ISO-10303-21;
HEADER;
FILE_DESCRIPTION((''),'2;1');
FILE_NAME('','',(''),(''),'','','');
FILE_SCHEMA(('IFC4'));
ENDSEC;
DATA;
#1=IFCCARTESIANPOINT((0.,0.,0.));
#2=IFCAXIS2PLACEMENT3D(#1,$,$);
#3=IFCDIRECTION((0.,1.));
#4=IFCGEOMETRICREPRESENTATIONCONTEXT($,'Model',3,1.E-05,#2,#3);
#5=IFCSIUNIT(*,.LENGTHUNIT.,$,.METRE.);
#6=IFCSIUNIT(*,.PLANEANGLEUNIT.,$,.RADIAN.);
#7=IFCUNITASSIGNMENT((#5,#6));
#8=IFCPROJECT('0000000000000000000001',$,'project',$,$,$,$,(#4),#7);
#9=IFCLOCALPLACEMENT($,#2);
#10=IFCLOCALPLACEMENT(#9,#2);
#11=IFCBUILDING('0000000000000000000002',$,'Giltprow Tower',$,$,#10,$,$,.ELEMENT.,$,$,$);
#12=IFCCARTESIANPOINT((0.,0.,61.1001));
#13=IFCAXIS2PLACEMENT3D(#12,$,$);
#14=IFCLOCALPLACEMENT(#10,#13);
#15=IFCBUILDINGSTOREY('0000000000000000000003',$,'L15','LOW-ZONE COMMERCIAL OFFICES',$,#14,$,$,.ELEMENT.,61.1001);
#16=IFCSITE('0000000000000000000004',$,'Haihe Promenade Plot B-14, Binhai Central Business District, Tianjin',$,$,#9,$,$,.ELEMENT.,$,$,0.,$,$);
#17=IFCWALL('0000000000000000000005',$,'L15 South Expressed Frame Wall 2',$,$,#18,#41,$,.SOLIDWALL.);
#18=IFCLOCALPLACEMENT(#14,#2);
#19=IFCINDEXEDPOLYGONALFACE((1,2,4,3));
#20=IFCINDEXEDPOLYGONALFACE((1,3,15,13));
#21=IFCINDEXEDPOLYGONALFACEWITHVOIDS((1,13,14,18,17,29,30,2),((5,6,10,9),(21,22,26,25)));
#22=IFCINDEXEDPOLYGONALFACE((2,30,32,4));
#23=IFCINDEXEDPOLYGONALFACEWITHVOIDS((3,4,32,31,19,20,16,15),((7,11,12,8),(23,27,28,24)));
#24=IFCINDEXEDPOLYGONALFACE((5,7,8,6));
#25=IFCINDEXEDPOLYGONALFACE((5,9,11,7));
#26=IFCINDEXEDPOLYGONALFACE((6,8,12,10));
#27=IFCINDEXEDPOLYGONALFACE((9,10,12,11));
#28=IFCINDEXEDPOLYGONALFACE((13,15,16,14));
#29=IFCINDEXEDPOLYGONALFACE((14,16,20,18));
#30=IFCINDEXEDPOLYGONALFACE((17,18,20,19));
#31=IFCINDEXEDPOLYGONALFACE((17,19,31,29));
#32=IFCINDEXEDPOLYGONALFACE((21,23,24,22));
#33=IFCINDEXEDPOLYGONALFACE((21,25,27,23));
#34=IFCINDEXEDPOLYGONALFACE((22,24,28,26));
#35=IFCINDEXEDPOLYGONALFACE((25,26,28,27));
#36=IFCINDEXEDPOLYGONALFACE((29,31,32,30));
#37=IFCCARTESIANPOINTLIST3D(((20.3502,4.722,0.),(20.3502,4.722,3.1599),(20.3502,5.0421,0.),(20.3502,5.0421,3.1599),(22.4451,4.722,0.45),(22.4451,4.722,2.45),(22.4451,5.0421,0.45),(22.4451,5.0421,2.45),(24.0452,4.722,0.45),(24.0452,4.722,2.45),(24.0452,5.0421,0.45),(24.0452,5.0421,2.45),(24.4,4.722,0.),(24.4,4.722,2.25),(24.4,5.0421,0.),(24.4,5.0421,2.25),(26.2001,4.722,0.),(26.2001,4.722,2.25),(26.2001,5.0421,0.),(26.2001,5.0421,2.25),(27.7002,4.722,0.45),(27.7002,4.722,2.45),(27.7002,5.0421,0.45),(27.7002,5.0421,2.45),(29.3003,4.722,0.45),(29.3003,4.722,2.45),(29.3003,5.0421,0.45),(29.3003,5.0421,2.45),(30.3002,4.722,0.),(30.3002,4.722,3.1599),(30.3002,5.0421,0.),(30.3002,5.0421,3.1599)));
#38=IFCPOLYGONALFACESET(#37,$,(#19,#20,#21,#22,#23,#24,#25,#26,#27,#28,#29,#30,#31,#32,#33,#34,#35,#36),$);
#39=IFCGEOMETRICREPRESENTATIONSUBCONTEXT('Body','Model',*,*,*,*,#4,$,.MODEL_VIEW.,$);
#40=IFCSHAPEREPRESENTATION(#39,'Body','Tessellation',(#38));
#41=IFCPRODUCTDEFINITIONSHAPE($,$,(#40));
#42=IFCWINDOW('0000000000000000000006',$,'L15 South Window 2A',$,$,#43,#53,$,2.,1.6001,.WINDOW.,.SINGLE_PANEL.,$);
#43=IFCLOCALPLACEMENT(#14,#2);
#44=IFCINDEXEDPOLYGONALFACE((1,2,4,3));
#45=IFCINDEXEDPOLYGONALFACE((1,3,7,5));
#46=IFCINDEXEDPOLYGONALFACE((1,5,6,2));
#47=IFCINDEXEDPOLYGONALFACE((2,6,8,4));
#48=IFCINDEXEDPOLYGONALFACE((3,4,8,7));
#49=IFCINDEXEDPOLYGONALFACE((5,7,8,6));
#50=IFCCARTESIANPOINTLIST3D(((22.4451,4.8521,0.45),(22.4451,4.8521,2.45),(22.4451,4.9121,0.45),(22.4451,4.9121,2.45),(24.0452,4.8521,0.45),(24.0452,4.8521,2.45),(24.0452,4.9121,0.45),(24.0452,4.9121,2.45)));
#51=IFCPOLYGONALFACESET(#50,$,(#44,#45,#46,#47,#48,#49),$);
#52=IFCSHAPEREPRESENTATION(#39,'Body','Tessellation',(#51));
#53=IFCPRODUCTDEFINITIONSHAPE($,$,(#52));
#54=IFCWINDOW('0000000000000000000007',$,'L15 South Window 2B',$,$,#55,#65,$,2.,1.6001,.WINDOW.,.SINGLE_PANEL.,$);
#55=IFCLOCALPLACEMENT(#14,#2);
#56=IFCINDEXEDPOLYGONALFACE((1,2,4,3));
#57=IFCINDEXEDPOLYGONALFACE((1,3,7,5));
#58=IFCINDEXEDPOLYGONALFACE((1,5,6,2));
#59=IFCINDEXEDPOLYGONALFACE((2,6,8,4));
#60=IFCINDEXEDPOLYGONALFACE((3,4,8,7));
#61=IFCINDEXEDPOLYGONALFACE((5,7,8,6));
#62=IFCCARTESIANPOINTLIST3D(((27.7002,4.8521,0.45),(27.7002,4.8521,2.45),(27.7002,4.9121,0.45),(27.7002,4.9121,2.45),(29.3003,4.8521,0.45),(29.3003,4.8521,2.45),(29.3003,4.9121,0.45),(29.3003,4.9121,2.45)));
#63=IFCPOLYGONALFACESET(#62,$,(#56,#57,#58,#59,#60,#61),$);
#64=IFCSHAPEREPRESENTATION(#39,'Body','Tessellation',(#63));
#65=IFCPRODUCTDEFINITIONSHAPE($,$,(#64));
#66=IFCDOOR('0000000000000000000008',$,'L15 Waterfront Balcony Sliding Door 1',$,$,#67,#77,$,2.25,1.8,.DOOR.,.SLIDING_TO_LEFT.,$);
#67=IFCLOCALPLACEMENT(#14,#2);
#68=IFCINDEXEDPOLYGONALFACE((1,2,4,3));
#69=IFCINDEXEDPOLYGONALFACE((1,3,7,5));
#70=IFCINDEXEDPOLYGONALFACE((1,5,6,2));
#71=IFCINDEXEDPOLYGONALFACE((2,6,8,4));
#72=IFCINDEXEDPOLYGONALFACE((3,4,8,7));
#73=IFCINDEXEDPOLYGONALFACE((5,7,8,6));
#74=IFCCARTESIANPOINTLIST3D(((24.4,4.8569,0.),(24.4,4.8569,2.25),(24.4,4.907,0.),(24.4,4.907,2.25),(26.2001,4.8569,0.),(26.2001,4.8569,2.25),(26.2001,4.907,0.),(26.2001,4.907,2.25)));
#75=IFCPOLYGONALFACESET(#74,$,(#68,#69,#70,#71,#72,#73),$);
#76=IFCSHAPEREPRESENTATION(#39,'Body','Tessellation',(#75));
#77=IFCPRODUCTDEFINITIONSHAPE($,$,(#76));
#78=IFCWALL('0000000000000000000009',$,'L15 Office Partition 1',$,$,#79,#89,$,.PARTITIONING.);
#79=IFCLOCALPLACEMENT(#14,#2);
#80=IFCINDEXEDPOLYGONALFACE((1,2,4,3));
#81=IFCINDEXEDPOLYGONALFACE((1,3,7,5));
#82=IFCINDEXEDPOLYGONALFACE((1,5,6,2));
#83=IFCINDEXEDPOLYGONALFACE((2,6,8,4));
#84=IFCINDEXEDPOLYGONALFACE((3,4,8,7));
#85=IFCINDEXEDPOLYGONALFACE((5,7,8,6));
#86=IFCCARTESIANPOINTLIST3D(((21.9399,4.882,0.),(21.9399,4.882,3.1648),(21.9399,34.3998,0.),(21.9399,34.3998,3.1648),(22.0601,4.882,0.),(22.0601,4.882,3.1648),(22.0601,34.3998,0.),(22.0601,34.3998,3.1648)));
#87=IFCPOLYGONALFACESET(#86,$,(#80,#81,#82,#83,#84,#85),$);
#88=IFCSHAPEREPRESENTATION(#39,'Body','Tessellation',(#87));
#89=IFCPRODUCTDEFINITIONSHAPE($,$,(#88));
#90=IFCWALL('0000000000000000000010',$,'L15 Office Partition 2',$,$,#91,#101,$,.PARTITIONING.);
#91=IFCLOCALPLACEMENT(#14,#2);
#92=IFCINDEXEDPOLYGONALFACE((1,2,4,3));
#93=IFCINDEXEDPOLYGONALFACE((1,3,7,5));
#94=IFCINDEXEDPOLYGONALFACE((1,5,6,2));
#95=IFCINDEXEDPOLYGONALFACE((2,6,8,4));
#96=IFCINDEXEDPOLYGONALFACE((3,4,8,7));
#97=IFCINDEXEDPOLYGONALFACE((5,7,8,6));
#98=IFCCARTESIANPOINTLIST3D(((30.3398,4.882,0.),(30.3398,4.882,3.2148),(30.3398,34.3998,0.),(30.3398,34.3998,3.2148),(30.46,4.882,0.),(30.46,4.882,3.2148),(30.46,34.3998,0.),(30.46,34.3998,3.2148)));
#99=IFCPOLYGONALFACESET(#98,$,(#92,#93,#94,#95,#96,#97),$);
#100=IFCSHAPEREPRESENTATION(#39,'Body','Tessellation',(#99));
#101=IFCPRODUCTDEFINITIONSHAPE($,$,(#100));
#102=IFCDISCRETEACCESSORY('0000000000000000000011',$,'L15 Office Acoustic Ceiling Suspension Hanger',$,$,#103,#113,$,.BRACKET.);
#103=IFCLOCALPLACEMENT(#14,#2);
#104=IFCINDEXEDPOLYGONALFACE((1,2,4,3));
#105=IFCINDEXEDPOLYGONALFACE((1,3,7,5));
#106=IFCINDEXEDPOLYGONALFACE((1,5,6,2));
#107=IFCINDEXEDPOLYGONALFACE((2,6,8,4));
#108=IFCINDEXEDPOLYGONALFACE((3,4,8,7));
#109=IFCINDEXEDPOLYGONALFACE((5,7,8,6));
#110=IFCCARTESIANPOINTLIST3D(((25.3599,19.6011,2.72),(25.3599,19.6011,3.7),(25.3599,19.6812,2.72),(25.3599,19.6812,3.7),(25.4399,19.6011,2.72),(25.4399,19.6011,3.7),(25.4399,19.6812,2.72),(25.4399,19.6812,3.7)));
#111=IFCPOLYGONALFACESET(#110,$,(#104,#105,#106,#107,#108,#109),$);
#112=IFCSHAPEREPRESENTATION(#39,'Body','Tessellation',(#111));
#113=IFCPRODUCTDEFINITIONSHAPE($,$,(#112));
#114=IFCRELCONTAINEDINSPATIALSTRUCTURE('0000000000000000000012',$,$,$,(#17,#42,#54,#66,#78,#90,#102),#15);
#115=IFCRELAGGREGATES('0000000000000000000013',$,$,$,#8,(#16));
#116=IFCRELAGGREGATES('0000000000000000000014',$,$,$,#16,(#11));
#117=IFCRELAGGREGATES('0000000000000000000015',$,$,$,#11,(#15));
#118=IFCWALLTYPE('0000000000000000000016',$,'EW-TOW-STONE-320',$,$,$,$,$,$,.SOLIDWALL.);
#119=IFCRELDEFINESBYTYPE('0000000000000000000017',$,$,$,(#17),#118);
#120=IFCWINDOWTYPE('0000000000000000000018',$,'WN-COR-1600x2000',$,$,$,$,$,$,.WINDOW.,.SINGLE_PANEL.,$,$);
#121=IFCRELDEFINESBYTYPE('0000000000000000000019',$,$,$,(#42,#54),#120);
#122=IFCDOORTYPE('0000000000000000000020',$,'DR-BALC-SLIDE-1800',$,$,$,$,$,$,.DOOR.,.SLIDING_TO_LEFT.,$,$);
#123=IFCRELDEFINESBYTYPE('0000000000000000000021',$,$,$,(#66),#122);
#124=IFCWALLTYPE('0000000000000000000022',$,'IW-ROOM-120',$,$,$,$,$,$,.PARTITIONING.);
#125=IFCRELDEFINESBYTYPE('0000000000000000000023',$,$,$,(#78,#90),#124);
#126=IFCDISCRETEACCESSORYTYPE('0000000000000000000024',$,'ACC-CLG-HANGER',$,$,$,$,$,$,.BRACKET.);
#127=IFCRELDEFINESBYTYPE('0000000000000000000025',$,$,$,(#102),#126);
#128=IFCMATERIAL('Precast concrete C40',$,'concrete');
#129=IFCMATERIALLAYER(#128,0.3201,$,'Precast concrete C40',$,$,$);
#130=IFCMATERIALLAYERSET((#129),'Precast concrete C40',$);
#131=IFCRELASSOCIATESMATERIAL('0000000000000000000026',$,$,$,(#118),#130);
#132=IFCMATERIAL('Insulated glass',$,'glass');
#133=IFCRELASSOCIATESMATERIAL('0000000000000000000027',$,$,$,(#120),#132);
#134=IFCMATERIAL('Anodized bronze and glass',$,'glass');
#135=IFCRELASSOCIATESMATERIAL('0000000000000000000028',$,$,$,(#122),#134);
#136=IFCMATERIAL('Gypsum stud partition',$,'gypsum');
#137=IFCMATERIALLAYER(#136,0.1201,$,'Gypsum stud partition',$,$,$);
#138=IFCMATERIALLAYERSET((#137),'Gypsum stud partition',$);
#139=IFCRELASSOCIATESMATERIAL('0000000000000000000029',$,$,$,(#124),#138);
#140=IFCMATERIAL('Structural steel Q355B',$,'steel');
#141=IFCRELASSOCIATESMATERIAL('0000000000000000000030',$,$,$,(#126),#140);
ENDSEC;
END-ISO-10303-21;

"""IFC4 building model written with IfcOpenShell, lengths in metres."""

from ifc_helpers import new_model, si_unit, direction, frame, frame_2d, origin, origin_2d, place, context, subcontext, project, spatial, rectangle, extrude, source, transform, mapped, material, layer, layer_set, type_object, element, fill, save


model = new_model("IFC4")

# Units and contexts
model_context = context("Model", 3, precision=1e-05, world=origin(), true_north=direction((0.0, 1.0)))
body_context = subcontext(model_context, "Body", "Model", "MODEL_VIEW")
ifc_project = project(units=[si_unit("LENGTHUNIT", "METRE"), si_unit("PLANEANGLEUNIT", "RADIAN")], contexts=[model_context])

# Site, building, storey
site_placement = place(None, origin())
site = spatial("IfcSite", under=ifc_project, at=site_placement, Name="Haihe Promenade Plot B-14, Binhai Central Business District, Tianjin", CompositionType="ELEMENT", RefElevation=0.0)
building_placement = place(site_placement, origin())
building = spatial("IfcBuilding", under=site, at=building_placement, Name="Giltprow Tower", CompositionType="ELEMENT")
storey_placement = place(building_placement, frame((0.0, 0.0, 61.1001)))
storey = spatial("IfcBuildingStorey", under=building, at=storey_placement, Name="L15", Description="LOW-ZONE COMMERCIAL OFFICES", CompositionType="ELEMENT", Elevation=61.1001)

# Shared definitions
ifc_material_1 = material(Name="Structural steel Q355B", Category="steel")

# Wall, openings, windows, door
ifc_material_2 = material(Name="Precast concrete C40", Category="concrete")
ifc_layer_1 = layer(ifc_material_2, 0.3201, Name="Precast concrete C40")
ifc_layer_set_1 = layer_set([ifc_layer_1], Name="Precast concrete C40")
wall_type_1 = type_object("IfcWallType", Name="EW-TOW-STONE-320", PredefinedType="SOLIDWALL", material=ifc_layer_set_1)
wall_1_placement = place(storey_placement, frame((20.3501, 4.8821, 0.0), z_axis=(0.0, 0.0, 1.0), x_axis=(1.0, 0.0, 0.0)))
wall_1 = element("IfcWall", 1, at=wall_1_placement, inside=storey, type_object=wall_type_1, Name="L15 South Expressed Frame Wall 2", PredefinedType="SOLIDWALL", context=body_context, shape_type="SweptSolid", body=[
    extrude(rectangle(XDim=9.95, YDim=0.3201, at=frame_2d((4.9751, 0.0))), origin(), (0.0, 0.0, 1.0), 3.1599),
])
opening_1_placement = place(wall_1_placement, frame((4.05, 0.0, 0.0)))
opening_1 = element("IfcOpeningElement", 2, at=opening_1_placement, cuts=wall_1, PredefinedType="OPENING", context=body_context, shape_type="SweptSolid", body=[
    extrude(rectangle(XDim=1.8, YDim=2.25, at=frame_2d((0.8999, 1.125))), frame((0.0, 0.1699, 0.0), z_axis=(0.0, -1.0, 0.0), x_axis=(1.0, 0.0, 0.0)), (0.0, 0.0, 1.0), 0.3401),
])
opening_2_placement = place(wall_1_placement, frame((2.095, 0.0, 0.45)))
opening_2 = element("IfcOpeningElement", 3, at=opening_2_placement, cuts=wall_1, PredefinedType="OPENING", context=body_context, shape_type="SweptSolid", body=[
    extrude(rectangle(XDim=1.6001, YDim=2.0, at=frame_2d((0.8, 1.0))), frame((0.0, 0.1699, 0.0), z_axis=(0.0, -1.0, 0.0), x_axis=(1.0, 0.0, 0.0)), (0.0, 0.0, 1.0), 0.3401),
])
opening_3_placement = place(wall_1_placement, frame((7.3501, 0.0, 0.45)))
opening_3 = element("IfcOpeningElement", 4, at=opening_3_placement, cuts=wall_1, PredefinedType="OPENING", context=body_context, shape_type="SweptSolid", body=[
    extrude(rectangle(XDim=1.6001, YDim=2.0, at=frame_2d((0.8, 1.0))), frame((0.0, 0.1699, 0.0), z_axis=(0.0, -1.0, 0.0), x_axis=(1.0, 0.0, 0.0)), (0.0, 0.0, 1.0), 0.3401),
])
ifc_material_3 = material(Name="Insulated glass", Category="glass")
window_type = type_object("IfcWindowType", Name="WN-COR-1600x2000", PartitioningType="SINGLE_PANEL", PredefinedType="WINDOW", material=ifc_material_3)
shared_shape_1 = source(origin(), body_context, "Body", "SweptSolid", [
    extrude(rectangle(XDim=1.6001, YDim=2.0, at=frame_2d((0.8, 1.0))), frame((0.0, 0.03, 0.0), z_axis=(0.0, -1.0, 0.0), x_axis=(1.0, 0.0, 0.0)), (0.0, 0.0, 1.0), 0.0601),
])
window_1_placement = place(opening_2_placement, origin())
window_1 = element("IfcWindow", 5, at=window_1_placement, inside=storey, type_object=window_type, Name="L15 South Window 2A", OverallHeight=2.0, OverallWidth=1.6001, PartitioningType="SINGLE_PANEL", PredefinedType="WINDOW", context=body_context, shape_type="MappedRepresentation", body=[
    mapped(shared_shape_1, transform((0.0, 0.0, 0.0), x_axis=(1.0, 0.0, 0.0), y_axis=(0.0, 1.0, 0.0), z_axis=(0.0, 0.0, 1.0), scale=1.0)),
])
fill(opening_2, window_1)
window_2_placement = place(opening_3_placement, origin())
window_2 = element("IfcWindow", 6, at=window_2_placement, inside=storey, type_object=window_type, Name="L15 South Window 2B", OverallHeight=2.0, OverallWidth=1.6001, PartitioningType="SINGLE_PANEL", PredefinedType="WINDOW", context=body_context, shape_type="MappedRepresentation", body=[
    mapped(shared_shape_1, transform((0.0, 0.0, 0.0), x_axis=(1.0, 0.0, 0.0), y_axis=(0.0, 1.0, 0.0), z_axis=(0.0, 0.0, 1.0), scale=1.0)),
])
fill(opening_3, window_2)
ifc_material_4 = material(Name="Anodized bronze and glass", Category="glass")
door_type = type_object("IfcDoorType", Name="DR-BALC-SLIDE-1800", OperationType="SLIDING_TO_LEFT", PredefinedType="DOOR", material=ifc_material_4)
shared_shape_2 = source(origin(), body_context, "Body", "SweptSolid", [
    extrude(rectangle(XDim=1.8, YDim=2.25, at=frame_2d((0.8999, 1.125))), frame((0.0, 0.0249, 0.0), z_axis=(0.0, -1.0, 0.0), x_axis=(1.0, 0.0, 0.0)), (0.0, 0.0, 1.0), 0.05),
])
door_placement = place(opening_1_placement, origin())
door = element("IfcDoor", 7, at=door_placement, inside=storey, type_object=door_type, Name="L15 Waterfront Balcony Sliding Door 1", OperationType="SLIDING_TO_LEFT", OverallHeight=2.25, OverallWidth=1.8, PredefinedType="DOOR", context=body_context, shape_type="MappedRepresentation", body=[
    mapped(shared_shape_2, transform((0.0, 0.0, 0.0), x_axis=(1.0, 0.0, 0.0), y_axis=(0.0, 1.0, 0.0), z_axis=(0.0, 0.0, 1.0), scale=1.0)),
])
fill(opening_1, door)

# Walls
ifc_material_5 = material(Name="Gypsum stud partition", Category="gypsum")
ifc_layer_2 = layer(ifc_material_5, 0.1201, Name="Gypsum stud partition")
ifc_layer_set_2 = layer_set([ifc_layer_2], Name="Gypsum stud partition")
wall_type_2 = type_object("IfcWallType", Name="IW-ROOM-120", PredefinedType="PARTITIONING", material=ifc_layer_set_2)
wall_2_placement = place(storey_placement, frame((22.0, 4.8821, 0.0), z_axis=(0.0, 0.0, 1.0), x_axis=(0.0, 1.0, 0.0)))
element("IfcWall", 8, at=wall_2_placement, inside=storey, type_object=wall_type_2, Name="L15 Office Partition 1", PredefinedType="PARTITIONING", context=body_context, shape_type="SweptSolid", body=[
    extrude(rectangle(XDim=29.5178, YDim=0.1201, at=frame_2d((14.7588, 0.0))), origin(), (0.0, 0.0, 1.0), 3.1648),
])
wall_3_placement = place(storey_placement, frame((30.3999, 4.8821, 0.0), z_axis=(0.0, 0.0, 1.0), x_axis=(0.0, 1.0, 0.0)))
element("IfcWall", 9, at=wall_3_placement, inside=storey, type_object=wall_type_2, Name="L15 Office Partition 2", PredefinedType="PARTITIONING", context=body_context, shape_type="SweptSolid", body=[
    extrude(rectangle(XDim=29.5178, YDim=0.1201, at=frame_2d((14.7588, 0.0))), origin(), (0.0, 0.0, 1.0), 3.2148),
])

# Discrete accessory
discrete_accessory_type = type_object("IfcDiscreteAccessoryType", Name="ACC-CLG-HANGER", PredefinedType="BRACKET", material=ifc_material_1)
shared_shape_3 = source(origin(), body_context, "Body", "SweptSolid", [
    extrude(rectangle(XDim=0.0801, YDim=0.0801, at=origin_2d()), origin(), (0.0, 0.0, 1.0), 0.98),
])
discrete_accessory_placement = place(storey_placement, frame((25.3999, 19.6411, 2.72), z_axis=(0.0, 0.0, 1.0), x_axis=(1.0, 0.0, 0.0)))
element("IfcDiscreteAccessory", 10, at=discrete_accessory_placement, inside=storey, type_object=discrete_accessory_type, Name="L15 Office Acoustic Ceiling Suspension Hanger", PredefinedType="BRACKET", context=body_context, shape_type="MappedRepresentation", body=[
    mapped(shared_shape_3, transform((0.0, 0.0, 0.0), x_axis=(1.0, 0.0, 0.0), y_axis=(0.0, 1.0, 0.0), z_axis=(0.0, 0.0, 1.0), scale=1.0)),
])

save(model, "model.ifc")
